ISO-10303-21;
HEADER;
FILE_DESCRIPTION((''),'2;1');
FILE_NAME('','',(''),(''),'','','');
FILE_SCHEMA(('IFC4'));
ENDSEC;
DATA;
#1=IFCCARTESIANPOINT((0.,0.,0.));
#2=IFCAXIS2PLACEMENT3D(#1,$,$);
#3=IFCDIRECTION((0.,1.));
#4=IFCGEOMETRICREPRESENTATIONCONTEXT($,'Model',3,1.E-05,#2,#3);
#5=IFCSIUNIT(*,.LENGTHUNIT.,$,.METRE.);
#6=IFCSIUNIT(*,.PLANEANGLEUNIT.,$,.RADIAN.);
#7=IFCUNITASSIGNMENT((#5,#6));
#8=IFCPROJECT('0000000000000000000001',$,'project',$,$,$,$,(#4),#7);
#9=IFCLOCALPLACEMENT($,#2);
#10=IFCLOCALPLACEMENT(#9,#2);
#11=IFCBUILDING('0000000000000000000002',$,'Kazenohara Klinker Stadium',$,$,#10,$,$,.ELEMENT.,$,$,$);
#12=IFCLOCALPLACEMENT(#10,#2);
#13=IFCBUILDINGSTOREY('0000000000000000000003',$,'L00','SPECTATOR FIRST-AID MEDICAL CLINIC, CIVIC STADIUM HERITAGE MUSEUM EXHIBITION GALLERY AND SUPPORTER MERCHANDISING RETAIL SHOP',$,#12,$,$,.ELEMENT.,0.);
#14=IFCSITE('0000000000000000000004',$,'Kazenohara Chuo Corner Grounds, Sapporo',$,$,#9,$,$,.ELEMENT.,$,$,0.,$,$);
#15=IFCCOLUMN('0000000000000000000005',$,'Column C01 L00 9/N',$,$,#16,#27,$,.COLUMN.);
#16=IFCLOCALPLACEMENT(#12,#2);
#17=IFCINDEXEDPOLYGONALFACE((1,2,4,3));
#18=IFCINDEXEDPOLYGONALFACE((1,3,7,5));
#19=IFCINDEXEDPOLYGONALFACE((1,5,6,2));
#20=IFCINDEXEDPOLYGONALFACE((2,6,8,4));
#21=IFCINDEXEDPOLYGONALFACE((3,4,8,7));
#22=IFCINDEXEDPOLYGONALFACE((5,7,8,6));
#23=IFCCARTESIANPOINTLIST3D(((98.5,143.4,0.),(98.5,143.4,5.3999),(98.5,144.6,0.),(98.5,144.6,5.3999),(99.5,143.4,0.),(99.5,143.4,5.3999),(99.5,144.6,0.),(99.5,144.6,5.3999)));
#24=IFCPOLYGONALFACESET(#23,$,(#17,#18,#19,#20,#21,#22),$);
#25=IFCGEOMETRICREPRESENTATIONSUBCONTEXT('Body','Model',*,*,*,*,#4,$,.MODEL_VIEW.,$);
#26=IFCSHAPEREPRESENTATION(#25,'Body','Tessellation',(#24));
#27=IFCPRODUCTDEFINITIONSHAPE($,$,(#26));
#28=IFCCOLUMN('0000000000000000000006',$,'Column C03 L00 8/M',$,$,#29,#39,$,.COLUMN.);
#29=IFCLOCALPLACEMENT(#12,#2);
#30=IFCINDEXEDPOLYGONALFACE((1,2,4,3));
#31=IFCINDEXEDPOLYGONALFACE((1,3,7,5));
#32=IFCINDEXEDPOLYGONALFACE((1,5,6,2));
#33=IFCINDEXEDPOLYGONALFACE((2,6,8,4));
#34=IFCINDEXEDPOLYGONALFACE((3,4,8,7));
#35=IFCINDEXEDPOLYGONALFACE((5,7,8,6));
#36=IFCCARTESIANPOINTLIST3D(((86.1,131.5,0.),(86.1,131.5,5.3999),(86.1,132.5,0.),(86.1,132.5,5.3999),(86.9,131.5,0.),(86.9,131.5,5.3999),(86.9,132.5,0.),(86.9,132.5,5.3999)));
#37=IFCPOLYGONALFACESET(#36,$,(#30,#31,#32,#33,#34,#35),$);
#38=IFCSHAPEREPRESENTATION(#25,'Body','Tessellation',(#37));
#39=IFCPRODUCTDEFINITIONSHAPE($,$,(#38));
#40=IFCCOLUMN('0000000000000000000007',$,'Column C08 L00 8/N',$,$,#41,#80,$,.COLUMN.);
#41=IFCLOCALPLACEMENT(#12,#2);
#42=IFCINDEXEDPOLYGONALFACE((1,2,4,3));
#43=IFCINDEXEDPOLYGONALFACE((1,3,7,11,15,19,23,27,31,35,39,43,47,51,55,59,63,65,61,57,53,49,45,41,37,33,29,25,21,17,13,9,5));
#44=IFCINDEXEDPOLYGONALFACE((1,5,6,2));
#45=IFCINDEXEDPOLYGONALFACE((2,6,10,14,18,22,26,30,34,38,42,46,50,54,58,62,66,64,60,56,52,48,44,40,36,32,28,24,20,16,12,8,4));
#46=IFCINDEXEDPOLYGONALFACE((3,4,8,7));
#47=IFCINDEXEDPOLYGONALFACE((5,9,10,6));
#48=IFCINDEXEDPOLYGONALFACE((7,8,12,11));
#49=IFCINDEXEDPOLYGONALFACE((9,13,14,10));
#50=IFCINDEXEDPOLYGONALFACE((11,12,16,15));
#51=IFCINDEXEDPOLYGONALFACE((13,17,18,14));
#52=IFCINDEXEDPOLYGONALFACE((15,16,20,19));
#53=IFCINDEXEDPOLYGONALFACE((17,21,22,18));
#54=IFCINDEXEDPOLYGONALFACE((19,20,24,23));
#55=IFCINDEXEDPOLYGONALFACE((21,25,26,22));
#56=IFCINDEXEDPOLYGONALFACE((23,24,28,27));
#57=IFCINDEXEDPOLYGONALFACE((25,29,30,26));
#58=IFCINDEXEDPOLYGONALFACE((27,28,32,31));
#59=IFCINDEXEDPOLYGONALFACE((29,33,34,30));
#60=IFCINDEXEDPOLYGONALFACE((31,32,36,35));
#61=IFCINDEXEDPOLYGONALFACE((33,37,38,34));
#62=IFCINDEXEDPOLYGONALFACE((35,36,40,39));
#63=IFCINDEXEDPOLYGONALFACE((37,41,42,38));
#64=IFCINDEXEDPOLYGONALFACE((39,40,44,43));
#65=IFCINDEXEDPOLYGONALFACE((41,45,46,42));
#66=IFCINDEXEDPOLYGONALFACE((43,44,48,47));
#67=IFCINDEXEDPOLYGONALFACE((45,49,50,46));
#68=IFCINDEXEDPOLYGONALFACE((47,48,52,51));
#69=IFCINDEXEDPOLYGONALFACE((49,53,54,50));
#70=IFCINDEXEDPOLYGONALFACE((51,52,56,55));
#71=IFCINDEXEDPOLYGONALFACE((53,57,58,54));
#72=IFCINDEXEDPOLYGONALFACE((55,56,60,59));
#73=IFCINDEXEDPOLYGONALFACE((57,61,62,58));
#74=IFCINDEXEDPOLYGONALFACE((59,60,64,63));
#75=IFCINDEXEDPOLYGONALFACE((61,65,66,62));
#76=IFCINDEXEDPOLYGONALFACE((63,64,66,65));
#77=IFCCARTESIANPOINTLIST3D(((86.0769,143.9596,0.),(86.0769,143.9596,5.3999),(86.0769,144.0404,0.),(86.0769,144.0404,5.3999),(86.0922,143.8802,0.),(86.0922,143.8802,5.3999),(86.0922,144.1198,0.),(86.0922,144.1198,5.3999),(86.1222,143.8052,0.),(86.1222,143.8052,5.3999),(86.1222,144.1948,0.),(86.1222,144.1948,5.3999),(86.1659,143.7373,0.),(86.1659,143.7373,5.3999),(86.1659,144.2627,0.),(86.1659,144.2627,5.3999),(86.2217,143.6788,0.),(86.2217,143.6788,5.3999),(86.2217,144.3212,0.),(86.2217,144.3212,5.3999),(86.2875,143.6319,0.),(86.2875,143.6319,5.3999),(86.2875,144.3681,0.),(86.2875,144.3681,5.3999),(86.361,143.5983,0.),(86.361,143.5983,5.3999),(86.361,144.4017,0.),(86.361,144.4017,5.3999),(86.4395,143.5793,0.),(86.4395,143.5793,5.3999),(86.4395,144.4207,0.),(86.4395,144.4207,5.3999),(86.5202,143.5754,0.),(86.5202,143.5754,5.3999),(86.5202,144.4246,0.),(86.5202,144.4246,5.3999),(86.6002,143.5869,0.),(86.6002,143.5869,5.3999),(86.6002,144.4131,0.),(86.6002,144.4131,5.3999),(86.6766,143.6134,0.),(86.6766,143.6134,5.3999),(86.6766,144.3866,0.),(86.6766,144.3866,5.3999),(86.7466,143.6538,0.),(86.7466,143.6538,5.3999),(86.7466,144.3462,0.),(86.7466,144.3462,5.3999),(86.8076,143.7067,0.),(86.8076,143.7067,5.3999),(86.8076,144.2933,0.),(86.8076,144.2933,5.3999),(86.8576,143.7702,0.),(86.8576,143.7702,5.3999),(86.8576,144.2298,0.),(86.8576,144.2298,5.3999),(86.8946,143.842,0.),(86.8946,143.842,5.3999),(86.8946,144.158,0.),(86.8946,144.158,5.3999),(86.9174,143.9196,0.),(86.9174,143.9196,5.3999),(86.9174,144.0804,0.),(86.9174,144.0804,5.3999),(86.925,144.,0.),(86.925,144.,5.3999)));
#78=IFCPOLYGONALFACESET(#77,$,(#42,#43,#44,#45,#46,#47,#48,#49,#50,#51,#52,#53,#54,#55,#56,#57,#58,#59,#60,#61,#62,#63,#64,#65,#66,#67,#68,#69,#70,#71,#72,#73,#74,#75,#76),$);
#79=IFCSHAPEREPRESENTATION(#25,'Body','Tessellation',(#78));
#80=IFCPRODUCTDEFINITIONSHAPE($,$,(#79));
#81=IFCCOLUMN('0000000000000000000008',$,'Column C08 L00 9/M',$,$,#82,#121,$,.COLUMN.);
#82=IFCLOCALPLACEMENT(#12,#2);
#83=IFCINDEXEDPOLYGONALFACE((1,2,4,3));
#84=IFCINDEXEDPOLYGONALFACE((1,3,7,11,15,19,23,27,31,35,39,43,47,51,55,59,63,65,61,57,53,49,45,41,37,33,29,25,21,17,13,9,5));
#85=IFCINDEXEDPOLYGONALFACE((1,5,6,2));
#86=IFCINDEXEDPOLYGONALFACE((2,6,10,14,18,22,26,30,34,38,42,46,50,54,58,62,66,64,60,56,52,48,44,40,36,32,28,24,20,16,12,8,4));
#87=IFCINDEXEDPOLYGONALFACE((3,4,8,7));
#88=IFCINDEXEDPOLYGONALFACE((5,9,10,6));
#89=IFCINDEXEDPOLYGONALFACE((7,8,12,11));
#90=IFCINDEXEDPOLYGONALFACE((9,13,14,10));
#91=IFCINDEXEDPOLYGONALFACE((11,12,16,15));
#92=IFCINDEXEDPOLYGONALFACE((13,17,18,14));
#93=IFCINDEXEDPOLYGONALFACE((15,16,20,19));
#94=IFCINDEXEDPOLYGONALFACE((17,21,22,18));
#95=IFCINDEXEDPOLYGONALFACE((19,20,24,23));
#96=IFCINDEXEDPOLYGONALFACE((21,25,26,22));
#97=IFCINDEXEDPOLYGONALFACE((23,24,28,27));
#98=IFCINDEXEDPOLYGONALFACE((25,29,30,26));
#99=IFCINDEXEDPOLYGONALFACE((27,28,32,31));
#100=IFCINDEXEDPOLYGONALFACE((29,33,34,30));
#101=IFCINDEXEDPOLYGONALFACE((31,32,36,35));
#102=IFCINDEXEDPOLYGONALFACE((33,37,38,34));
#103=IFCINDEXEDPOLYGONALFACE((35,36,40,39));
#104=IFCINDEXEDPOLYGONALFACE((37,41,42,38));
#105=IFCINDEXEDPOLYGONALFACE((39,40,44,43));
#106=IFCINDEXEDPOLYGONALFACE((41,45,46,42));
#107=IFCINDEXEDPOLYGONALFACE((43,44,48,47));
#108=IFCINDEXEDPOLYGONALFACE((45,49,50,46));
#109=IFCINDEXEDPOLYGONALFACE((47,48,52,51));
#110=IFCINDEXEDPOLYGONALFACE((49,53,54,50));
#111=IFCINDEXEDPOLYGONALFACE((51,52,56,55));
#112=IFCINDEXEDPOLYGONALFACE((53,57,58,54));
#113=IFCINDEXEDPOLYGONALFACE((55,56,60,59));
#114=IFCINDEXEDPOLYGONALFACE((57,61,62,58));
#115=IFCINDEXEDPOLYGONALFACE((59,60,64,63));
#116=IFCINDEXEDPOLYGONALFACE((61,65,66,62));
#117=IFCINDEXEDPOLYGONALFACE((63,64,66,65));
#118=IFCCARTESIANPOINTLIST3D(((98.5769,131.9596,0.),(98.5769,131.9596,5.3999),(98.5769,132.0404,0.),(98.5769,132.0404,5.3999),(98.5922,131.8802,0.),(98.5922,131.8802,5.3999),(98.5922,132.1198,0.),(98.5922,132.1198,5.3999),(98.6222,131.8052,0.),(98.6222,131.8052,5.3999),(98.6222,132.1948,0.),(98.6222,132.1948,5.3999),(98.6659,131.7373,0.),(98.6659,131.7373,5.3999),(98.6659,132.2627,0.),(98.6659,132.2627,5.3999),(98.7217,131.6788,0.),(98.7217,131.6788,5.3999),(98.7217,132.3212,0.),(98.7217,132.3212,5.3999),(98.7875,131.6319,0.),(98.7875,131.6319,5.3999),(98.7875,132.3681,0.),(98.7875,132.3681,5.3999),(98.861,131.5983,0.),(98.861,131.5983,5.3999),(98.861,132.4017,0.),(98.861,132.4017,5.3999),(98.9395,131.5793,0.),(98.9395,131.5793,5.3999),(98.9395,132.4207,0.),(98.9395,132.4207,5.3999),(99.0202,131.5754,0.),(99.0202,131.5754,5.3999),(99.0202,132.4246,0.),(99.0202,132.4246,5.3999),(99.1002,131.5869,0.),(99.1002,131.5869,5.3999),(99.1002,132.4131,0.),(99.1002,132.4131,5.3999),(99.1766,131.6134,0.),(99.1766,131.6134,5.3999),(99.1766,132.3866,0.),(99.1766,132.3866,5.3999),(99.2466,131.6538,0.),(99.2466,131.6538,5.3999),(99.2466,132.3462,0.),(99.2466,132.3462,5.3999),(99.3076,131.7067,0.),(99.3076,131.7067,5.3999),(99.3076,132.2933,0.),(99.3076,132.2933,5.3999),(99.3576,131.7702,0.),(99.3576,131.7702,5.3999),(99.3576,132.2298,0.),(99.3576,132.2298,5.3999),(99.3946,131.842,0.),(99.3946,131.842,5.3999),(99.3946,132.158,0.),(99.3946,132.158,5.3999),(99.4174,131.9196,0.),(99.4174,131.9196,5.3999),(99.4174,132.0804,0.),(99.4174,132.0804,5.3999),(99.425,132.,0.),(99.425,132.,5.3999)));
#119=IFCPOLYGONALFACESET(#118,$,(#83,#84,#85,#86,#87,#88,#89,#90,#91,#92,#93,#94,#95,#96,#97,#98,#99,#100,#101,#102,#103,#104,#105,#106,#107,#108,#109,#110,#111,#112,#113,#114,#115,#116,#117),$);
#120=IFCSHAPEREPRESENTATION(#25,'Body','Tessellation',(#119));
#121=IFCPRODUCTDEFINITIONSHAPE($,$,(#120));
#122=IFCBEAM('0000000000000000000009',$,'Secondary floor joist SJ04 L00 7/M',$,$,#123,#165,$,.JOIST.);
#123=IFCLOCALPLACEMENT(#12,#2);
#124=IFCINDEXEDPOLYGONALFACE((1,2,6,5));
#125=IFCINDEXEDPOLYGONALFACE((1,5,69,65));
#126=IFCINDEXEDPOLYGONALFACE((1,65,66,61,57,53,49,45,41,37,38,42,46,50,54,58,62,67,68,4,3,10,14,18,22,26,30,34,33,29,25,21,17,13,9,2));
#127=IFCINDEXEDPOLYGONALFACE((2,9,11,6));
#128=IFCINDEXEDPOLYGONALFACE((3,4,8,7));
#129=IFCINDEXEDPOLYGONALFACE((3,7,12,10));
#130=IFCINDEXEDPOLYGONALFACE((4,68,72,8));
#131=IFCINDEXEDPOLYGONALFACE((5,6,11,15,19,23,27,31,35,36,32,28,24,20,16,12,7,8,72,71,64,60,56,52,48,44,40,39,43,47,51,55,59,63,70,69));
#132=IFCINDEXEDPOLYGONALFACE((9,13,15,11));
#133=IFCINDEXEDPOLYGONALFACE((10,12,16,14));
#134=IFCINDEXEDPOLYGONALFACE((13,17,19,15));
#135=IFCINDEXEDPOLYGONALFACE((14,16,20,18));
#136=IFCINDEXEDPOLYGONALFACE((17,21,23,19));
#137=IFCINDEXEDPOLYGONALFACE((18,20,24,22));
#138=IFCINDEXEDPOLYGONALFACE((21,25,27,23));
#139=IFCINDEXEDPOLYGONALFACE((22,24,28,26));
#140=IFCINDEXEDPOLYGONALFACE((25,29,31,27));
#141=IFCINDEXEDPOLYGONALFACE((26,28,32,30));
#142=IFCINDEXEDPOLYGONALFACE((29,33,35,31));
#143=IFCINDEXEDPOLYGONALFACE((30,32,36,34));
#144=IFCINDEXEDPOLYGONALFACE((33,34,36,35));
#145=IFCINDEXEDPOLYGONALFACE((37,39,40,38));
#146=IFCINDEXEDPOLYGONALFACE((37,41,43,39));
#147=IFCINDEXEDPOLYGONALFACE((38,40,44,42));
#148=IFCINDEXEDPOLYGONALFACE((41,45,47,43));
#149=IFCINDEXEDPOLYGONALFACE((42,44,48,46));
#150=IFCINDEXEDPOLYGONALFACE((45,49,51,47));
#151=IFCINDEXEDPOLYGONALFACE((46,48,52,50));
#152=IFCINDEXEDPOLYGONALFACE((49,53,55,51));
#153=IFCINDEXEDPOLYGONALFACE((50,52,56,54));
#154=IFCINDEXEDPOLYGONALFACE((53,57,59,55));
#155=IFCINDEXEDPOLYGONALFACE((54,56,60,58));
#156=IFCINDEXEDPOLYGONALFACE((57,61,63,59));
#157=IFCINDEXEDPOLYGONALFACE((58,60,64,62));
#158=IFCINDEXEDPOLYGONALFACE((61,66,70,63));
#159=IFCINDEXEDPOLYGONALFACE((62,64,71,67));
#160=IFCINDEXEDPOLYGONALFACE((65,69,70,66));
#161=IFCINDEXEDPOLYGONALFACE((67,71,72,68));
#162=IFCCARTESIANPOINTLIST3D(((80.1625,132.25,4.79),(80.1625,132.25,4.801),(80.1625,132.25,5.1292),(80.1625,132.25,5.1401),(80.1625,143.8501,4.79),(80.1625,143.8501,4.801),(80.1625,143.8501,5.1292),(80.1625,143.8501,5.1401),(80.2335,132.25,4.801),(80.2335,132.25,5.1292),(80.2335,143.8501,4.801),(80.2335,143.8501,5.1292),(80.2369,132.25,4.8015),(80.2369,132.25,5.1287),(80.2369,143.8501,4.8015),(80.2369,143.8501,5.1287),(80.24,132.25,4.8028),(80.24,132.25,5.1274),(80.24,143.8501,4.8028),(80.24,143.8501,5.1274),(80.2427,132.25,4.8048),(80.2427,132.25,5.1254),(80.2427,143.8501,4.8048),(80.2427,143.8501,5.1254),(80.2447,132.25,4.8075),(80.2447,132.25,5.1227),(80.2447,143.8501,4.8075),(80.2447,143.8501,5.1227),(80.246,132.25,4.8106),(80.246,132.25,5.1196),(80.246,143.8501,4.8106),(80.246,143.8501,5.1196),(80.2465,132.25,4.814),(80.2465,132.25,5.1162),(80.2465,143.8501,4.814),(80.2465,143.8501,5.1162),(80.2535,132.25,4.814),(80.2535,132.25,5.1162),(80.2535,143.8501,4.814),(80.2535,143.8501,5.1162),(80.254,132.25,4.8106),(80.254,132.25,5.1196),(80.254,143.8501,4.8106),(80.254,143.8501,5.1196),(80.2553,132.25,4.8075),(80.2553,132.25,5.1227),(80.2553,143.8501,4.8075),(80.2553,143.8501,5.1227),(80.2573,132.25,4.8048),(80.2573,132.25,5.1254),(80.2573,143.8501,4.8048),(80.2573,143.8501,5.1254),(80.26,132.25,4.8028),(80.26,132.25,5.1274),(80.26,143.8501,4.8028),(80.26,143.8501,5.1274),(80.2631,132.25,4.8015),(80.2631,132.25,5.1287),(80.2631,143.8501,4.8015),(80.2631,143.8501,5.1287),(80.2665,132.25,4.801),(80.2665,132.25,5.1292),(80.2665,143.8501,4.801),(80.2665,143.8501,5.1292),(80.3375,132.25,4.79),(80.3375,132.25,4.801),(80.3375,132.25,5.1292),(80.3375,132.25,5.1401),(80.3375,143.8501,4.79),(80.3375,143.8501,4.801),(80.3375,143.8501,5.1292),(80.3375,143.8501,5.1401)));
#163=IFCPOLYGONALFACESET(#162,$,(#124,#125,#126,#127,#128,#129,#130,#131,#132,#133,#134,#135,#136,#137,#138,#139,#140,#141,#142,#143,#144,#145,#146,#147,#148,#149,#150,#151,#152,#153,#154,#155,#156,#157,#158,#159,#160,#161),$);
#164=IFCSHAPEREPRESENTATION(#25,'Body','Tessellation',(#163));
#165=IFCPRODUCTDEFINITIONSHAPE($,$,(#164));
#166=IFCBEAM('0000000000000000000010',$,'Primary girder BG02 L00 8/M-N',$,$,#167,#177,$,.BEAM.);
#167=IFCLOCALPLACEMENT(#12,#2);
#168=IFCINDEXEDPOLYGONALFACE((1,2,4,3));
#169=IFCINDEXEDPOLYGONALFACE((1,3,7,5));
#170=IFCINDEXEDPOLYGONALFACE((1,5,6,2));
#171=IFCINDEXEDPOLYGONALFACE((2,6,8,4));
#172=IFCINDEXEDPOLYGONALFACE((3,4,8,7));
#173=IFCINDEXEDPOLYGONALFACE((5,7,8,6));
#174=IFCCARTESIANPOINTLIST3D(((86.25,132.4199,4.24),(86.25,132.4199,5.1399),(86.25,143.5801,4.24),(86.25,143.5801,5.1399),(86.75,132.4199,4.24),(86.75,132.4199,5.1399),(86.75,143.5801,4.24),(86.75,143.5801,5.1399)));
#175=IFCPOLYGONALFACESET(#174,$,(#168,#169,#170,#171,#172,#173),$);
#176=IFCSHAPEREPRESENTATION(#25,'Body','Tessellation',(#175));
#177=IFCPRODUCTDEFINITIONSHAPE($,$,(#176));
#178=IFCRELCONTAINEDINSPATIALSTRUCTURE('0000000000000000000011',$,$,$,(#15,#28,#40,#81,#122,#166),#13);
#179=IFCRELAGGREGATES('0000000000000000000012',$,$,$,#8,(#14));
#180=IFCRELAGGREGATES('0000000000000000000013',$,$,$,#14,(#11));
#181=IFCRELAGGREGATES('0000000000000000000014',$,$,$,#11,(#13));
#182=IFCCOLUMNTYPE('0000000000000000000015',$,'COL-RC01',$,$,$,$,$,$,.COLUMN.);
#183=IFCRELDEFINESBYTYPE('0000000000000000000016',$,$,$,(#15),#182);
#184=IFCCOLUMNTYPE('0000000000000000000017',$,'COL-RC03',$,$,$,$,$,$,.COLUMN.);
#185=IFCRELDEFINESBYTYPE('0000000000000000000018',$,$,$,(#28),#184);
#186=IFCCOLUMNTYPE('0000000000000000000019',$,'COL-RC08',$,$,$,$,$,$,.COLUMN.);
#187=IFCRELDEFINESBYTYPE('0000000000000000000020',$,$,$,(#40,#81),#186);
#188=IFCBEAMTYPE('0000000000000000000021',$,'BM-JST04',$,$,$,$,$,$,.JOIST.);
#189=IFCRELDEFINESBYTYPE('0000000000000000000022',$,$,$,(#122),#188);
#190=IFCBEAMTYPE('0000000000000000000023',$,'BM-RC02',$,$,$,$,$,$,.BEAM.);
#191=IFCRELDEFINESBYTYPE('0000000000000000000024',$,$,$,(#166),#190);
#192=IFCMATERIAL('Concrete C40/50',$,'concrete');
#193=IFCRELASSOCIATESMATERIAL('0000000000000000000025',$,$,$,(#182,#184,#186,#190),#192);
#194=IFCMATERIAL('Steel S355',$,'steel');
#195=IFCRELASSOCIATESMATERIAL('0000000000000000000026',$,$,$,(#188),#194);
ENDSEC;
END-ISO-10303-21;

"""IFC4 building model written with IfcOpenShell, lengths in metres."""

from ifc_helpers import new_model, si_unit, direction, frame, origin, origin_2d, place, context, subcontext, project, spatial, rectangle, circle, i_section, extrude, material, material_profile, profile_set, type_object, element, save


model = new_model("IFC4")

# Units and contexts
model_context = context("Model", 3, precision=1e-05, world=origin(), true_north=direction((0.0, 1.0)))
body_context = subcontext(model_context, "Body", "Model", "MODEL_VIEW")
ifc_project = project(units=[si_unit("LENGTHUNIT", "METRE"), si_unit("PLANEANGLEUNIT", "RADIAN")], contexts=[model_context])

# Site, building, storey
site_placement = place(None, origin())
site = spatial("IfcSite", under=ifc_project, at=site_placement, Name="Kazenohara Chuo Corner Grounds, Sapporo", CompositionType="ELEMENT", RefElevation=0.0)
building_placement = place(site_placement, origin())
building = spatial("IfcBuilding", under=site, at=building_placement, Name="Kazenohara Klinker Stadium", CompositionType="ELEMENT")
storey_placement = place(building_placement, origin())
storey = spatial("IfcBuildingStorey", under=building, at=storey_placement, Name="L00", Description="SPECTATOR FIRST-AID MEDICAL CLINIC, CIVIC STADIUM HERITAGE MUSEUM EXHIBITION GALLERY AND SUPPORTER MERCHANDISING RETAIL SHOP", CompositionType="ELEMENT", Elevation=0.0)

# Columns
ifc_material_1 = material(Name="Concrete C40/50", Category="concrete")
ifc_material_profile_1 = material_profile(ifc_material_1, rectangle(XDim=1.0, YDim=1.2, at=origin_2d()), Name="RC-COL-1200x1000")
ifc_profile_set_1 = profile_set([ifc_material_profile_1], Name="Concrete C40/50")
column_type_1 = type_object("IfcColumnType", Name="COL-RC01", PredefinedType="COLUMN", material=ifc_profile_set_1)
column_1_placement = place(storey_placement, frame((99.0, 144.0, 0.0), z_axis=(0.0, 0.0, 1.0), x_axis=(1.0, 0.0, 0.0)))
element("IfcColumn", 1, at=column_1_placement, inside=storey, type_object=column_type_1, Name="Column C01 L00 9/N", PredefinedType="COLUMN", context=body_context, shape_type="SweptSolid", body=[
    extrude(rectangle(XDim=1.0, YDim=1.2, at=origin_2d()), origin(), (0.0, 0.0, 1.0), 5.3999),
])
ifc_material_profile_2 = material_profile(ifc_material_1, rectangle(XDim=0.8, YDim=1.0, at=origin_2d()), Name="RC-COL-1000x800")
ifc_profile_set_2 = profile_set([ifc_material_profile_2], Name="Concrete C40/50")
column_type_2 = type_object("IfcColumnType", Name="COL-RC03", PredefinedType="COLUMN", material=ifc_profile_set_2)
column_2_placement = place(storey_placement, frame((86.5, 132.0, 0.0), z_axis=(0.0, 0.0, 1.0), x_axis=(1.0, 0.0, 0.0)))
element("IfcColumn", 2, at=column_2_placement, inside=storey, type_object=column_type_2, Name="Column C03 L00 8/M", PredefinedType="COLUMN", context=body_context, shape_type="SweptSolid", body=[
    extrude(rectangle(XDim=0.8, YDim=1.0, at=origin_2d()), origin(), (0.0, 0.0, 1.0), 5.3999),
])
ifc_material_profile_3 = material_profile(ifc_material_1, circle(Radius=0.425, at=origin_2d()), Name="RC-COL-D850")
ifc_profile_set_3 = profile_set([ifc_material_profile_3], Name="Concrete C40/50")
column_type_3 = type_object("IfcColumnType", Name="COL-RC08", PredefinedType="COLUMN", material=ifc_profile_set_3)
for number, where, z_axis, x_axis, name in (
    (3, (86.5, 144.0, 0.0), (0.0, 0.0, 1.0), (1.0, 0.0, 0.0), "Column C08 L00 8/N"),
    (4, (99.0, 132.0, 0.0), (0.0, 0.0, 1.0), (1.0, 0.0, 0.0), "Column C08 L00 9/M"),
):
    element("IfcColumn", number, at=place(storey_placement, frame(where, z_axis=z_axis, x_axis=x_axis)), inside=storey, type_object=column_type_3, Name=name, PredefinedType="COLUMN", context=body_context, shape_type="SweptSolid", body=[
        extrude(circle(Radius=0.425, at=origin_2d()), origin(), (0.0, 0.0, 1.0), 5.3999),
    ])

# Beams
ifc_material_2 = material(Name="Steel S355", Category="steel")
ifc_material_profile_4 = material_profile(ifc_material_2, i_section(OverallWidth=0.175, OverallDepth=0.3501, WebThickness=0.0071, FlangeThickness=0.011, FilletRadius=0.0129, at=origin_2d()), Name="H-350x175x7x11")
ifc_profile_set_4 = profile_set([ifc_material_profile_4], Name="Steel S355")
beam_type_1 = type_object("IfcBeamType", Name="BM-JST04", PredefinedType="JOIST", material=ifc_profile_set_4)
beam_1_placement = place(storey_placement, frame((80.25, 132.25, 4.9651), z_axis=(0.0, 1.0, 0.0), x_axis=(-1.0, 0.0, 0.0)))
element("IfcBeam", 5, at=beam_1_placement, inside=storey, type_object=beam_type_1, Name="Secondary floor joist SJ04 L00 7/M", PredefinedType="JOIST", context=body_context, shape_type="SweptSolid", body=[
    extrude(i_section(OverallWidth=0.175, OverallDepth=0.3501, WebThickness=0.0071, FlangeThickness=0.011, FilletRadius=0.0129, at=origin_2d()), origin(), (0.0, 0.0, 1.0), 11.6001),
])
ifc_material_profile_5 = material_profile(ifc_material_1, rectangle(XDim=0.5, YDim=0.8999, at=origin_2d()), Name="RC-BM-500x900")
ifc_profile_set_5 = profile_set([ifc_material_profile_5], Name="Concrete C40/50")
beam_type_2 = type_object("IfcBeamType", Name="BM-RC02", PredefinedType="BEAM", material=ifc_profile_set_5)
beam_2_placement = place(storey_placement, frame((86.5, 132.4199, 4.6899), z_axis=(0.0, 1.0, 0.0), x_axis=(-1.0, 0.0, 0.0)))
element("IfcBeam", 6, at=beam_2_placement, inside=storey, type_object=beam_type_2, Name="Primary girder BG02 L00 8/M-N", PredefinedType="BEAM", context=body_context, shape_type="SweptSolid", body=[
    extrude(rectangle(XDim=0.5, YDim=0.8999, at=origin_2d()), origin(), (0.0, 0.0, 1.0), 11.1602),
])

save(model, "model.ifc")
